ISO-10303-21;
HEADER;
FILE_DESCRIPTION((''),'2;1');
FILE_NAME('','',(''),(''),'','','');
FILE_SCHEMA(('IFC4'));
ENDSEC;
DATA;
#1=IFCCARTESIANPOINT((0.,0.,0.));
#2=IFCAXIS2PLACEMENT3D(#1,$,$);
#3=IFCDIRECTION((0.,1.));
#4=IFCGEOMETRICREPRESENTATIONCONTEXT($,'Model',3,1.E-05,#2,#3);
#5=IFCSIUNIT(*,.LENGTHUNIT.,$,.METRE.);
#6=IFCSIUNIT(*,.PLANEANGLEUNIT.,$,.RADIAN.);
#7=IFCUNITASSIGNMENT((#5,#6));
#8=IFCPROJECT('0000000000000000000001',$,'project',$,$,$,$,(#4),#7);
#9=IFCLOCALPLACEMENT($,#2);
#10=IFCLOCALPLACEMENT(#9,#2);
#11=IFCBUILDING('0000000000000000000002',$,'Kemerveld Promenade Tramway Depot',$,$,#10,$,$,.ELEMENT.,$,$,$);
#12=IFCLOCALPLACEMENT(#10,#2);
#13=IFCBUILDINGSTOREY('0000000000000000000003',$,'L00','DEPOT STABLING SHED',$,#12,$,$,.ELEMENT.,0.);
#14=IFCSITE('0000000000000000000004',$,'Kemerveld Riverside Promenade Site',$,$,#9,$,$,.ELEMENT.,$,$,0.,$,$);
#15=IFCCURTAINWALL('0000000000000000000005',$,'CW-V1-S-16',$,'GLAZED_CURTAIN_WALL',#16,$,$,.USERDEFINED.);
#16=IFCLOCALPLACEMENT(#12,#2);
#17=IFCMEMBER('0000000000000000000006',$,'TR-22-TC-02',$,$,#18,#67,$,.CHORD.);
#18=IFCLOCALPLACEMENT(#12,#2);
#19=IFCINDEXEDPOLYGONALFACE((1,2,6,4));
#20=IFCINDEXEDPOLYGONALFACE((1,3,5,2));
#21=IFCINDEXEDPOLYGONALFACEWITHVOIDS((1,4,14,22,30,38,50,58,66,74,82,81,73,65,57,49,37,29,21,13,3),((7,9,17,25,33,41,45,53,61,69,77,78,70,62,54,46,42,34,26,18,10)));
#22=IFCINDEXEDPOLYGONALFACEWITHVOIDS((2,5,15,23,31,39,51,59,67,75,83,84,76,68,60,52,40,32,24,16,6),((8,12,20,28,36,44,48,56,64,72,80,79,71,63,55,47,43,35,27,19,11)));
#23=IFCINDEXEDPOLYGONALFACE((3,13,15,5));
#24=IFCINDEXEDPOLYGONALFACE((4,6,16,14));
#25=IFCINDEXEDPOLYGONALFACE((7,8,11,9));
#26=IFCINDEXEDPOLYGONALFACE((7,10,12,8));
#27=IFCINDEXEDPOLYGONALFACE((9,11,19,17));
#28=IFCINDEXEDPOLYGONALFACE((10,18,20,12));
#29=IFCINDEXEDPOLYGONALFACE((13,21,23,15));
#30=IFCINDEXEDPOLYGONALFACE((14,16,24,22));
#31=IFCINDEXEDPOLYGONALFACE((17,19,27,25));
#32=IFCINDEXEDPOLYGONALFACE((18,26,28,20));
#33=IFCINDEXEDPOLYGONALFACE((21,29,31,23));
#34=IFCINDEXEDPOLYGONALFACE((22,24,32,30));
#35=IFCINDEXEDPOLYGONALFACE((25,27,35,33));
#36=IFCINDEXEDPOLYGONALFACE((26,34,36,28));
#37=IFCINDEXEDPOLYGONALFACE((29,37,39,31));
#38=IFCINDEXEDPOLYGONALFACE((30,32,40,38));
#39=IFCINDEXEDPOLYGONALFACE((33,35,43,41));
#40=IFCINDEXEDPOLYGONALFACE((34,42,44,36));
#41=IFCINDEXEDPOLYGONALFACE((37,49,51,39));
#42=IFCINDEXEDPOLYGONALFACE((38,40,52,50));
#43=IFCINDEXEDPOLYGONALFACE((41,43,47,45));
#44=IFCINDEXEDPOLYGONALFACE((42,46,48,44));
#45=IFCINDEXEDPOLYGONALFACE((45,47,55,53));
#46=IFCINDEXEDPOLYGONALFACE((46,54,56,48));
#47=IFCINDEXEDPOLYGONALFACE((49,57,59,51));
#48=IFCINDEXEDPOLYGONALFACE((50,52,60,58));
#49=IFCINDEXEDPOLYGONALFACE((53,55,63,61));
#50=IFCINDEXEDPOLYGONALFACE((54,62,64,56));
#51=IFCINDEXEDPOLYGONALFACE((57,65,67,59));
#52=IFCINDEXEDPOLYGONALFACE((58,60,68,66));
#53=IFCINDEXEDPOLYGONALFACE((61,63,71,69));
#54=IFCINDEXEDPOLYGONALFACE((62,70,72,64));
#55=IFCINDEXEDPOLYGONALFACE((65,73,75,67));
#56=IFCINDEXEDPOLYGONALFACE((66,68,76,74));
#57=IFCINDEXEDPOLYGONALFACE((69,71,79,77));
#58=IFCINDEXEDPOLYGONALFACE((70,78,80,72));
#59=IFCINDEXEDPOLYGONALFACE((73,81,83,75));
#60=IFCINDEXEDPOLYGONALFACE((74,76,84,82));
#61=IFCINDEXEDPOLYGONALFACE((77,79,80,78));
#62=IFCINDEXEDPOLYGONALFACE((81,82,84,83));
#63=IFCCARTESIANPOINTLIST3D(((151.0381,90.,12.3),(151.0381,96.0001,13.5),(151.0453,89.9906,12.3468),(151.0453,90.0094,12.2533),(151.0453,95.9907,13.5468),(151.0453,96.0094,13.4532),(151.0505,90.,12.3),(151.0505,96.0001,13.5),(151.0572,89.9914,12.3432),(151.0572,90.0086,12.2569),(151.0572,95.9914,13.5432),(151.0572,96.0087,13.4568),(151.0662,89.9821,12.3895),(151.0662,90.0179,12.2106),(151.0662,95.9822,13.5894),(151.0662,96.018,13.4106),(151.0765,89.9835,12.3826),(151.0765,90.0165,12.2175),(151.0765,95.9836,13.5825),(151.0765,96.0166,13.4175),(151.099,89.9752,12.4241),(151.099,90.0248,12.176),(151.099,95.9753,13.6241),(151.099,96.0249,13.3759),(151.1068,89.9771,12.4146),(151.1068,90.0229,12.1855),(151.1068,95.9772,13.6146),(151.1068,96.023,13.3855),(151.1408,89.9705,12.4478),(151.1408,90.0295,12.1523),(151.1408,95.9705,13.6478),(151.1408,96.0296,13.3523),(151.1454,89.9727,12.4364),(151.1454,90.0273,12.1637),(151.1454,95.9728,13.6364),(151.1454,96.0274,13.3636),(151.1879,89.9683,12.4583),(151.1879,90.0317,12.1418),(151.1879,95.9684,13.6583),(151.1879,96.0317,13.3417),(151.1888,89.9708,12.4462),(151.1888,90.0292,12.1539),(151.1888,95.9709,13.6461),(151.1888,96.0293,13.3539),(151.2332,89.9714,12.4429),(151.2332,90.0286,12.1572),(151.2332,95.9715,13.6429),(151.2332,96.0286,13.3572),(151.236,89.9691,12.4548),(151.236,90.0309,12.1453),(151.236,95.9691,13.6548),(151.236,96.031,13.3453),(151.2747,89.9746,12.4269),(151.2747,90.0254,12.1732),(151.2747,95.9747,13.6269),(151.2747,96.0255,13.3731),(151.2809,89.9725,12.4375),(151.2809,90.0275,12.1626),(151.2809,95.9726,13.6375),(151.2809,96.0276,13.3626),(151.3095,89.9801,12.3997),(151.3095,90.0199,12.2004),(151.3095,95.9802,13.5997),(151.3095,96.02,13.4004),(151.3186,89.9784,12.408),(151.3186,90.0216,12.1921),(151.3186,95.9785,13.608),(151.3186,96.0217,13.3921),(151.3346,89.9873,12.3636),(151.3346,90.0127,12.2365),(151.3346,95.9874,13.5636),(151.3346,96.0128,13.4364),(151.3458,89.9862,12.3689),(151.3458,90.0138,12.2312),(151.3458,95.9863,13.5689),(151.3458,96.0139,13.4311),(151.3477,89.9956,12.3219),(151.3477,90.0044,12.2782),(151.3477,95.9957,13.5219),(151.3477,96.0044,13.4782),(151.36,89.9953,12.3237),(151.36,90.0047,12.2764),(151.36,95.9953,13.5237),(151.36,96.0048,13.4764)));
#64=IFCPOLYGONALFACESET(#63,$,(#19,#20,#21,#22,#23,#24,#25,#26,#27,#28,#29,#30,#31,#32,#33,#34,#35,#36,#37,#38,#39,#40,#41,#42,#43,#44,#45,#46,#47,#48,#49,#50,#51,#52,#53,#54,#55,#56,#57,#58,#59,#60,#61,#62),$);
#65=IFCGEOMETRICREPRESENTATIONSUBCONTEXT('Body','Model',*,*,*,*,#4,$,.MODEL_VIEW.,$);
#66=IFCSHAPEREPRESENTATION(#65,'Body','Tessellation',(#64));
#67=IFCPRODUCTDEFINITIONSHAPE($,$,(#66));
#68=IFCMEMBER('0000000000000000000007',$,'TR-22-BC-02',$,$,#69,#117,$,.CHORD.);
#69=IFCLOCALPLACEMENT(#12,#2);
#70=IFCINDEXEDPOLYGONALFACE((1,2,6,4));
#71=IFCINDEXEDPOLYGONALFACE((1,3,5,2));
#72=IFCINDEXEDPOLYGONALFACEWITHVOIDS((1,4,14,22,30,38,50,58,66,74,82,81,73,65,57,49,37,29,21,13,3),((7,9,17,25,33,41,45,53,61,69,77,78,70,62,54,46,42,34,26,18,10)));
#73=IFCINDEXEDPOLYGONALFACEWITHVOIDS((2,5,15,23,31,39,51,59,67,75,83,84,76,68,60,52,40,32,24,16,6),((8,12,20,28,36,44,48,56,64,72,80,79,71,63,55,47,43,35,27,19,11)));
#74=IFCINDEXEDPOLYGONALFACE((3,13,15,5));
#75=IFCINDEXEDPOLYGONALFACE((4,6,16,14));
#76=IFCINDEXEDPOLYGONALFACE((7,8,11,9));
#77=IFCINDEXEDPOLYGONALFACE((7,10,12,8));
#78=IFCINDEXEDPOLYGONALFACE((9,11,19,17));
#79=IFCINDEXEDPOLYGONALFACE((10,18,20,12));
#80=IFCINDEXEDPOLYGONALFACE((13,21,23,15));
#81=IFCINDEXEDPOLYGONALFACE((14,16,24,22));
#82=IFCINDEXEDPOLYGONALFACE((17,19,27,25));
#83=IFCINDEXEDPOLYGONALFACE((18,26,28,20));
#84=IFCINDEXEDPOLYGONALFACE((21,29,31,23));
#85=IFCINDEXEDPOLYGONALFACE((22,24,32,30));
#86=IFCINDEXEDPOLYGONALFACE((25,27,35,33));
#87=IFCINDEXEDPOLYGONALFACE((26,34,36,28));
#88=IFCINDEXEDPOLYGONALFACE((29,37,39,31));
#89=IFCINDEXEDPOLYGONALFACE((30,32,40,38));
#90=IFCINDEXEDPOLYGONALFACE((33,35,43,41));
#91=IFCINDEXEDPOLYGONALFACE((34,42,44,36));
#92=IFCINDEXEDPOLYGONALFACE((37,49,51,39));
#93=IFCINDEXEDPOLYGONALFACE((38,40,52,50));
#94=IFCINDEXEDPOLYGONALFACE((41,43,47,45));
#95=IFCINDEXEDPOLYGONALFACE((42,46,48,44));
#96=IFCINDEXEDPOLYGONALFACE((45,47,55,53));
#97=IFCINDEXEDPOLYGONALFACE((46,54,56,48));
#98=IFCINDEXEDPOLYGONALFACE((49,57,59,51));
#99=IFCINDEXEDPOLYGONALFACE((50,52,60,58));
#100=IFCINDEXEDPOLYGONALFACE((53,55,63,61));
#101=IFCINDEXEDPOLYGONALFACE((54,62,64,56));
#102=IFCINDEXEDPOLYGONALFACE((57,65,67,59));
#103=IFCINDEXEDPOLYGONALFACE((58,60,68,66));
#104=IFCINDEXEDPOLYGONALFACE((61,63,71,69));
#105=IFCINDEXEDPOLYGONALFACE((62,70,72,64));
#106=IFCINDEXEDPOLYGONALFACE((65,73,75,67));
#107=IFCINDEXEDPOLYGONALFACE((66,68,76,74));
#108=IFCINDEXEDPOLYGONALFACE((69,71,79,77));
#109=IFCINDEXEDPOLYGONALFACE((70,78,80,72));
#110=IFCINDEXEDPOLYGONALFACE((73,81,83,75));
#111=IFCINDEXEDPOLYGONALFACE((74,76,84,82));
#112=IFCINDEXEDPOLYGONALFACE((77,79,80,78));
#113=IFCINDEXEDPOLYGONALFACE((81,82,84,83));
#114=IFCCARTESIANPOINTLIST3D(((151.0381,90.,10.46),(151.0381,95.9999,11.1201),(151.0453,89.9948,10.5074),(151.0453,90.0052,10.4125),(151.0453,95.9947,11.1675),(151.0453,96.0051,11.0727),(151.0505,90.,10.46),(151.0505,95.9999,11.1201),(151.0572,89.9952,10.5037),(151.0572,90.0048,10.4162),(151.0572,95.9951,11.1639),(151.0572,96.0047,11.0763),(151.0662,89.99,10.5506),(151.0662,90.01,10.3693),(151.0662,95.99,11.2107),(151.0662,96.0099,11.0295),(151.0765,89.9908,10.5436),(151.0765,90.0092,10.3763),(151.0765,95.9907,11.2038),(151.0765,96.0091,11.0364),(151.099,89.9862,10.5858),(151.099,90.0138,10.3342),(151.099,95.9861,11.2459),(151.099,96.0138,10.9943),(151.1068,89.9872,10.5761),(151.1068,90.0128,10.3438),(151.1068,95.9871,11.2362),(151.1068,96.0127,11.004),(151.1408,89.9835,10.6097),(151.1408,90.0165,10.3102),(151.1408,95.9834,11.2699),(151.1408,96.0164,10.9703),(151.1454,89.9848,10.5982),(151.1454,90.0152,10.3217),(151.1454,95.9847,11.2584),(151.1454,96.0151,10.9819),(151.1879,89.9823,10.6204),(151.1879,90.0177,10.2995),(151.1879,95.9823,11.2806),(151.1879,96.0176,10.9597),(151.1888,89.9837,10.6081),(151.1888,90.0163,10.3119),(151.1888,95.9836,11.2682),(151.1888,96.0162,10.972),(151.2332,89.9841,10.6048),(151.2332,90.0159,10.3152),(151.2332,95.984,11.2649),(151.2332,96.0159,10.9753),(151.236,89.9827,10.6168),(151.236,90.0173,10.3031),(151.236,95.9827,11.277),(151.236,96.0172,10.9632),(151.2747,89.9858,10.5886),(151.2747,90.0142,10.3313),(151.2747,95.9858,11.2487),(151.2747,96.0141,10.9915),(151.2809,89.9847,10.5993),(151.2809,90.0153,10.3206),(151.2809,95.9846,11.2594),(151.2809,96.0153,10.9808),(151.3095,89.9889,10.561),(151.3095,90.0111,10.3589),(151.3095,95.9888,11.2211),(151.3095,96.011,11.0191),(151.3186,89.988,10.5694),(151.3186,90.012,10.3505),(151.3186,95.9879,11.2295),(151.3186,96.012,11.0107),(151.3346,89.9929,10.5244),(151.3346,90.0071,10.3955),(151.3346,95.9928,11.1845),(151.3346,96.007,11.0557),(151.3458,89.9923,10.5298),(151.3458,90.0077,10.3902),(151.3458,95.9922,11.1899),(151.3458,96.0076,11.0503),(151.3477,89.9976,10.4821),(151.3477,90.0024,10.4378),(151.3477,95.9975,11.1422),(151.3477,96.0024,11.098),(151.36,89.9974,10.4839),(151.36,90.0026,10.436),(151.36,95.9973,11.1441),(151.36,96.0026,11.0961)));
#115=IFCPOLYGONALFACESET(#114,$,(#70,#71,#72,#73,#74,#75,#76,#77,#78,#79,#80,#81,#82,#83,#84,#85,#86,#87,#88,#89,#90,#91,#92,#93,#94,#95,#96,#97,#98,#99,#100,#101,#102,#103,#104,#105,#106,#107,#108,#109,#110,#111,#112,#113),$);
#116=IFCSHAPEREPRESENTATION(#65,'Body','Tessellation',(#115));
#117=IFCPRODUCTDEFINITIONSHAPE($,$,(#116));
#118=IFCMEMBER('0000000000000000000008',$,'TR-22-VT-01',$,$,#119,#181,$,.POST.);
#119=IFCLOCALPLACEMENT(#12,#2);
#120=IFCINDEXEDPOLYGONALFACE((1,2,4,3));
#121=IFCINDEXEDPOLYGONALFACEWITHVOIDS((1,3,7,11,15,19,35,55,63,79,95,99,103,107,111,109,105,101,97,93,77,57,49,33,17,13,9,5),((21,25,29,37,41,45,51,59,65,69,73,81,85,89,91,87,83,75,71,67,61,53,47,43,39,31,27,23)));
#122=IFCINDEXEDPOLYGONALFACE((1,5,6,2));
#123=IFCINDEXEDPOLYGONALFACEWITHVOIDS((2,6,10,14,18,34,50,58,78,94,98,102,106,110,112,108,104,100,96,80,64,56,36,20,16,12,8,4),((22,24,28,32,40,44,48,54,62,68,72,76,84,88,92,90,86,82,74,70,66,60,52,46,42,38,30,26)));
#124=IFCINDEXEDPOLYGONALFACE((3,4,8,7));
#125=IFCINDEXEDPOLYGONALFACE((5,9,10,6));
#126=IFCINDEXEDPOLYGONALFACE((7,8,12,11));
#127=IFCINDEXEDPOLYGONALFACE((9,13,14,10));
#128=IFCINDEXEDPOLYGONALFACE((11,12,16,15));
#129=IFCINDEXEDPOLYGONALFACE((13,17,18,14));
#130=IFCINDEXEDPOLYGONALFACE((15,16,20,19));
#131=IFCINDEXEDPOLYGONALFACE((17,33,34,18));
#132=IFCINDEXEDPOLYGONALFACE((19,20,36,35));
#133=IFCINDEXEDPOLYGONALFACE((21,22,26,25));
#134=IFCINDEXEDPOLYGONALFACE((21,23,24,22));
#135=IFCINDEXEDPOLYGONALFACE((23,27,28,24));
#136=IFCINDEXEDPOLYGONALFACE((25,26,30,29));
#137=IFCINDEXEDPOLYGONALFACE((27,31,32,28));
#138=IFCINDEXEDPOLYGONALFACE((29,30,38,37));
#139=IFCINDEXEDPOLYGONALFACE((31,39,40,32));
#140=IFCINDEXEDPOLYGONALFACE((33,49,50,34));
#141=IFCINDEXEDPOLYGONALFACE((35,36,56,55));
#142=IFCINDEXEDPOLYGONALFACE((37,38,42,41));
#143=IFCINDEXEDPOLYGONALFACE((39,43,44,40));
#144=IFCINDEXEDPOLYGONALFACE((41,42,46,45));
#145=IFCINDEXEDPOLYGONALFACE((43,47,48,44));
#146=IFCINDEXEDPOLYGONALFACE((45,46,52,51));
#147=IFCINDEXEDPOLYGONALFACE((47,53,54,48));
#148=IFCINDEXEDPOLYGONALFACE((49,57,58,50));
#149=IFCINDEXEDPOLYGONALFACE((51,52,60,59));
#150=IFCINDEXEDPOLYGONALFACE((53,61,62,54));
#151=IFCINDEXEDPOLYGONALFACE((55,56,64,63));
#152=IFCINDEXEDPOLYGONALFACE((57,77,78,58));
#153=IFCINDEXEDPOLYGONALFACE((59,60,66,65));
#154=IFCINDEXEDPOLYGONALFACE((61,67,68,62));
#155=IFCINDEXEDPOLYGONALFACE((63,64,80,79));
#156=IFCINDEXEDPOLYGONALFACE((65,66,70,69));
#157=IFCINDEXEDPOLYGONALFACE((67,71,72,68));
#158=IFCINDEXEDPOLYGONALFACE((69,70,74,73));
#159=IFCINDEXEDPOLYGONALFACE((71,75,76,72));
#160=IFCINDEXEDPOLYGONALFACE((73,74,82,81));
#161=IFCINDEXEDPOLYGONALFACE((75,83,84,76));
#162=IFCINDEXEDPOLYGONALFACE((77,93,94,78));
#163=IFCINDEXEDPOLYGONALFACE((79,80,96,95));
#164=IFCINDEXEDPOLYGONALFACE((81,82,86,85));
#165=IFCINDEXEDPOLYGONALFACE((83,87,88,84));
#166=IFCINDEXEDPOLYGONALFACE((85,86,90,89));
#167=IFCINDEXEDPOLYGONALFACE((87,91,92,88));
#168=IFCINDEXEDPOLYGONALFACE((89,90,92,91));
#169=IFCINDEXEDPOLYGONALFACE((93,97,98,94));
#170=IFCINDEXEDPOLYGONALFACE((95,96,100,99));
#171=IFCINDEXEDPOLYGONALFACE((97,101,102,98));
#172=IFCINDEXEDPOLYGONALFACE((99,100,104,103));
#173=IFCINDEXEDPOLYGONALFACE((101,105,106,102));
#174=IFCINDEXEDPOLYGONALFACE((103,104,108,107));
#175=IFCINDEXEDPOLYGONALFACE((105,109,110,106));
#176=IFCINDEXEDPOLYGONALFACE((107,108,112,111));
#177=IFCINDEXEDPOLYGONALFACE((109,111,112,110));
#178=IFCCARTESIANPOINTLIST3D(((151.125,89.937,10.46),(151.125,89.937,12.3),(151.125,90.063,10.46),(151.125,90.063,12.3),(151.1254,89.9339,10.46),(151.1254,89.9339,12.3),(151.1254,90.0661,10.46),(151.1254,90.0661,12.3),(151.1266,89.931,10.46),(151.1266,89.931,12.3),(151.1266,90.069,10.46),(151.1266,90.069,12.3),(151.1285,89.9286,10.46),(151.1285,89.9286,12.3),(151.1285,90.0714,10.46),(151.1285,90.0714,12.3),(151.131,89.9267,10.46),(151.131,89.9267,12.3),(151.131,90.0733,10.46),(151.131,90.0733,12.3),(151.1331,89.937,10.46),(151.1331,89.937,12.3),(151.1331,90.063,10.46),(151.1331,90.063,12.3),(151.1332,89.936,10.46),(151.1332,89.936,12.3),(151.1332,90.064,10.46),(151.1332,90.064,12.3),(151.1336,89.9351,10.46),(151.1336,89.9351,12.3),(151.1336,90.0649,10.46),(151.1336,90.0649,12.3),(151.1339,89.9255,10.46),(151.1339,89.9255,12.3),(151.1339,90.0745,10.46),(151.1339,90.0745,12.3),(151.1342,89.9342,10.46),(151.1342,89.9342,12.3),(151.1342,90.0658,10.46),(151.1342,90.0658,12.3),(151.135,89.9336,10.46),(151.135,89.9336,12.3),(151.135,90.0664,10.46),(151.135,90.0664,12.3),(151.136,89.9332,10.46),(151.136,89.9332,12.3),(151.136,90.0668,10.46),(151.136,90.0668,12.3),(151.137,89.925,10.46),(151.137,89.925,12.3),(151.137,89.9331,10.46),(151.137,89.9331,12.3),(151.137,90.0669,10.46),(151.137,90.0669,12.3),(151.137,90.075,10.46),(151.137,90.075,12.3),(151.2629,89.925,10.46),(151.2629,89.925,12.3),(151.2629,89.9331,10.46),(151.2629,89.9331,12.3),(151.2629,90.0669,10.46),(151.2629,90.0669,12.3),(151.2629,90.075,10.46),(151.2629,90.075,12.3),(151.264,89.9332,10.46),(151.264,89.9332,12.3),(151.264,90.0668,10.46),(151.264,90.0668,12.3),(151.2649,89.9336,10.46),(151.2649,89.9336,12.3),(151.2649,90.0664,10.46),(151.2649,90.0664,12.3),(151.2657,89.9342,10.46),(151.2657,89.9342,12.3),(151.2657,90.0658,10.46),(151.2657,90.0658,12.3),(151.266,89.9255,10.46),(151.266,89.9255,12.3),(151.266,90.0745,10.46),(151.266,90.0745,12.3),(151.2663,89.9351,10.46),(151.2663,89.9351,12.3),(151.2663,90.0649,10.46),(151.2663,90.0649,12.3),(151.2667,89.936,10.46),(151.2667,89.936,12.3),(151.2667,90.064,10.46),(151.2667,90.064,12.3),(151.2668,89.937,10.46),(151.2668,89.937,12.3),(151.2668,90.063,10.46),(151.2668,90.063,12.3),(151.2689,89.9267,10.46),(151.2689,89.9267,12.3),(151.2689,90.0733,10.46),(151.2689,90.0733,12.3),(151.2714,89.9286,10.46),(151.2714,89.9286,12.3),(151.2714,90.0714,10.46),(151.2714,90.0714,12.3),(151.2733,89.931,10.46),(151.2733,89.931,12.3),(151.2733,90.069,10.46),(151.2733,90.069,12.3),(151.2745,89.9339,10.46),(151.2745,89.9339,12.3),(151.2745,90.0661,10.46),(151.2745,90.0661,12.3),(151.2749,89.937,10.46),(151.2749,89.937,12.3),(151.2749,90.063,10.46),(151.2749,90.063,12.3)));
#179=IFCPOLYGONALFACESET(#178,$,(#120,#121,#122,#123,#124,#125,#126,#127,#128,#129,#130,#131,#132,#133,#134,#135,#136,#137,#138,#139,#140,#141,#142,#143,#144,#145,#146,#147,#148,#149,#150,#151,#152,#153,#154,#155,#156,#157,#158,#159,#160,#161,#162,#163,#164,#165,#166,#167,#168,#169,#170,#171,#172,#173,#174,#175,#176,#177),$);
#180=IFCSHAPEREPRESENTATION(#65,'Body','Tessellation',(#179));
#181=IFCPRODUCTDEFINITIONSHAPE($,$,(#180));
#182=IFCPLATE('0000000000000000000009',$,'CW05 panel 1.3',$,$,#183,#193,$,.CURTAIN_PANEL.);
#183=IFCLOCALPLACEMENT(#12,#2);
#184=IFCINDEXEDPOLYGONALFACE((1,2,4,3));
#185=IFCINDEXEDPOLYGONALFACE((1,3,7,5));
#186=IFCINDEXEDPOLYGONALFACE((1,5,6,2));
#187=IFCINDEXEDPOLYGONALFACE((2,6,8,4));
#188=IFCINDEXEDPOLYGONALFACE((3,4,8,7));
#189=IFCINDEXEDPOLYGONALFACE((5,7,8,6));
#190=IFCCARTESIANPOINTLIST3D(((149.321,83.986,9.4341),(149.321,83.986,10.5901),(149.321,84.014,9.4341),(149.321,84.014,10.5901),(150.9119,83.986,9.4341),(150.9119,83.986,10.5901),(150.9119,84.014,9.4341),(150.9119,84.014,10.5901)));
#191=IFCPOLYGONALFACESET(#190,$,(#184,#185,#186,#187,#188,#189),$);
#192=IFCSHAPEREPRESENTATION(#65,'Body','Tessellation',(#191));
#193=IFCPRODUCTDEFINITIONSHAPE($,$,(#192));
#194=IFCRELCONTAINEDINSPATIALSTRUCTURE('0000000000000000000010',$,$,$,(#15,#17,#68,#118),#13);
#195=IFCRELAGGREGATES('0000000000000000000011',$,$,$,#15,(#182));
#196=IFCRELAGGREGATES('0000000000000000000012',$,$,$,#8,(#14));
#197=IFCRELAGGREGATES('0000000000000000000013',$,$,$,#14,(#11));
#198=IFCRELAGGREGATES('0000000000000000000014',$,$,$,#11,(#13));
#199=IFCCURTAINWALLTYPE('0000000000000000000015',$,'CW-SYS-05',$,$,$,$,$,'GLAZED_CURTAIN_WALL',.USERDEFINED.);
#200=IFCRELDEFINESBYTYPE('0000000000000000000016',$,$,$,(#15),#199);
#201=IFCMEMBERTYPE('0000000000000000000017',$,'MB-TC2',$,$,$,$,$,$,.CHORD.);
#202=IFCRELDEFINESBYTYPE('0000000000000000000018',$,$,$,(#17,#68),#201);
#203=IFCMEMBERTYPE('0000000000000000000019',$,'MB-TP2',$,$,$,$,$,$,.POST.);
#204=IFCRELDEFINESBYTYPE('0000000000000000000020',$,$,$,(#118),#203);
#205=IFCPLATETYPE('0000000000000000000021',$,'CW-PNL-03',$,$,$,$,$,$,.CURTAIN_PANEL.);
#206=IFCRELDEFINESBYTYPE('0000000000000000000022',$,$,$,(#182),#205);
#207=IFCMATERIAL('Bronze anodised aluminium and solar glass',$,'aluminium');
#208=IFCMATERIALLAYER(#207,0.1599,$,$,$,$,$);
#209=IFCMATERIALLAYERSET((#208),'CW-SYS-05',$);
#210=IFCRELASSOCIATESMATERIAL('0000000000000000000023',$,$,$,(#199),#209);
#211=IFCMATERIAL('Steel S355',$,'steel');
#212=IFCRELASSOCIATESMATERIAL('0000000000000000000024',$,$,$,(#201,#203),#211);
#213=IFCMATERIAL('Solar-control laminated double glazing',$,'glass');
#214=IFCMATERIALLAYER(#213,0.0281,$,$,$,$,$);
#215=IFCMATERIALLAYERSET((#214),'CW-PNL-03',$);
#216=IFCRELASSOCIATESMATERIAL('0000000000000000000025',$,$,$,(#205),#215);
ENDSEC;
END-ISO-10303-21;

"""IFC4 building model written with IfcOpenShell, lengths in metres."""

from ifc_helpers import new_model, si_unit, direction, frame, origin, origin_2d, place, context, subcontext, project, spatial, rectangle, hollow_rectangle, hollow_circle, extrude, material, layer, layer_set, material_profile, profile_set, type_object, element, aggregate, save


model = new_model("IFC4")

# Units and contexts
model_context = context("Model", 3, precision=1e-05, world=origin(), true_north=direction((0.0, 1.0)))
body_context = subcontext(model_context, "Body", "Model", "MODEL_VIEW")
ifc_project = project(units=[si_unit("LENGTHUNIT", "METRE"), si_unit("PLANEANGLEUNIT", "RADIAN")], contexts=[model_context])

# Site, building, storey
site_placement = place(None, origin())
site = spatial("IfcSite", under=ifc_project, at=site_placement, Name="Kemerveld Riverside Promenade Site", CompositionType="ELEMENT", RefElevation=0.0)
building_placement = place(site_placement, origin())
building = spatial("IfcBuilding", under=site, at=building_placement, Name="Kemerveld Promenade Tramway Depot", CompositionType="ELEMENT")
storey_placement = place(building_placement, origin())
storey = spatial("IfcBuildingStorey", under=building, at=storey_placement, Name="L00", Description="DEPOT STABLING SHED", CompositionType="ELEMENT", Elevation=0.0)

# Shared definitions
ifc_material_1 = material(Name="Steel S355", Category="steel")

# Curtain wall
ifc_material_2 = material(Name="Bronze anodised aluminium and solar glass", Category="aluminium")
ifc_layer_1 = layer(ifc_material_2, 0.1599)
ifc_layer_set_1 = layer_set([ifc_layer_1], Name="CW-SYS-05")
curtain_wall_type_1 = type_object("IfcCurtainWallType", Name="CW-SYS-05", ElementType="GLAZED_CURTAIN_WALL", PredefinedType="USERDEFINED", material=ifc_layer_set_1)
curtain_wall_1_placement = place(storey_placement, origin())
curtain_wall_1 = element("IfcCurtainWall", 1, at=curtain_wall_1_placement, inside=storey, type_object=curtain_wall_type_1, Name="CW-V1-S-16", ObjectType="GLAZED_CURTAIN_WALL", PredefinedType="USERDEFINED")

# Members
ifc_material_profile_1 = material_profile(ifc_material_1, hollow_circle(Radius=0.1619, WallThickness=0.0125, at=origin_2d()), Name="323.9x12.5 CHS")
ifc_profile_set_1 = profile_set([ifc_material_profile_1], Name="Steel S355")
member_type_1 = type_object("IfcMemberType", Name="MB-TC2", PredefinedType="CHORD", material=ifc_profile_set_1)
member_1_placement = place(storey_placement, frame((151.2, 90.0, 12.3), z_axis=(0.0, 0.980582, 0.196108), x_axis=(-1.0, 0.0, 0.0)))
element("IfcMember", 2, at=member_1_placement, inside=storey, type_object=member_type_1, Name="TR-22-TC-02", PredefinedType="CHORD", context=body_context, shape_type="SweptSolid", body=[
    extrude(hollow_circle(Radius=0.1619, WallThickness=0.0125, at=origin_2d()), origin(), (0.0, 0.0, 1.0), 6.1189),
])
member_2_placement = place(storey_placement, frame((151.2, 90.0, 10.46), z_axis=(0.0, 0.994002, 0.109366), x_axis=(-1.0, 0.0, 0.0)))
element("IfcMember", 3, at=member_2_placement, inside=storey, type_object=member_type_1, Name="TR-22-BC-02", PredefinedType="CHORD", context=body_context, shape_type="SweptSolid", body=[
    extrude(hollow_circle(Radius=0.1619, WallThickness=0.0125, at=origin_2d()), origin(), (0.0, 0.0, 1.0), 6.0361),
])
ifc_material_profile_2 = material_profile(ifc_material_1, hollow_rectangle(XDim=0.1499, YDim=0.1499, WallThickness=0.0081, InnerFilletRadius=0.0039, OuterFilletRadius=0.012, at=origin_2d()), Name="150x150x8.0 SHS")
ifc_profile_set_2 = profile_set([ifc_material_profile_2], Name="Steel S355")
member_type_2 = type_object("IfcMemberType", Name="MB-TP2", PredefinedType="POST", material=ifc_profile_set_2)
member_3_placement = place(storey_placement, frame((151.2, 90.0, 10.46), z_axis=(0.0, 0.0, 1.0), x_axis=(1.0, 0.0, 0.0)))
element("IfcMember", 4, at=member_3_placement, inside=storey, type_object=member_type_2, Name="TR-22-VT-01", PredefinedType="POST", context=body_context, shape_type="SweptSolid", body=[
    extrude(hollow_rectangle(XDim=0.1499, YDim=0.1499, WallThickness=0.0081, InnerFilletRadius=0.0039, OuterFilletRadius=0.012, at=origin_2d()), origin(), (0.0, 0.0, 1.0), 1.8401),
])

# Plate
ifc_material_3 = material(Name="Solar-control laminated double glazing", Category="glass")
ifc_layer_2 = layer(ifc_material_3, 0.0281)
ifc_layer_set_2 = layer_set([ifc_layer_2], Name="CW-PNL-03")
plate_type_1 = type_object("IfcPlateType", Name="CW-PNL-03", PredefinedType="CURTAIN_PANEL", material=ifc_layer_set_2)
plate_1_placement = place(storey_placement, frame((150.1165, 84.0, 9.4341), z_axis=(0.0, 0.0, 1.0), x_axis=(-1.0, 0.0, 0.0)))
plate_1 = element("IfcPlate", 5, at=plate_1_placement, type_object=plate_type_1, Name="CW05 panel 1.3", PredefinedType="CURTAIN_PANEL", context=body_context, shape_type="SweptSolid", body=[
    extrude(rectangle(XDim=1.5908, YDim=0.0281, at=origin_2d()), origin(), (0.0, 0.0, 1.0), 1.156),
])
aggregate(curtain_wall_1, [plate_1])

save(model, "model.ifc")
